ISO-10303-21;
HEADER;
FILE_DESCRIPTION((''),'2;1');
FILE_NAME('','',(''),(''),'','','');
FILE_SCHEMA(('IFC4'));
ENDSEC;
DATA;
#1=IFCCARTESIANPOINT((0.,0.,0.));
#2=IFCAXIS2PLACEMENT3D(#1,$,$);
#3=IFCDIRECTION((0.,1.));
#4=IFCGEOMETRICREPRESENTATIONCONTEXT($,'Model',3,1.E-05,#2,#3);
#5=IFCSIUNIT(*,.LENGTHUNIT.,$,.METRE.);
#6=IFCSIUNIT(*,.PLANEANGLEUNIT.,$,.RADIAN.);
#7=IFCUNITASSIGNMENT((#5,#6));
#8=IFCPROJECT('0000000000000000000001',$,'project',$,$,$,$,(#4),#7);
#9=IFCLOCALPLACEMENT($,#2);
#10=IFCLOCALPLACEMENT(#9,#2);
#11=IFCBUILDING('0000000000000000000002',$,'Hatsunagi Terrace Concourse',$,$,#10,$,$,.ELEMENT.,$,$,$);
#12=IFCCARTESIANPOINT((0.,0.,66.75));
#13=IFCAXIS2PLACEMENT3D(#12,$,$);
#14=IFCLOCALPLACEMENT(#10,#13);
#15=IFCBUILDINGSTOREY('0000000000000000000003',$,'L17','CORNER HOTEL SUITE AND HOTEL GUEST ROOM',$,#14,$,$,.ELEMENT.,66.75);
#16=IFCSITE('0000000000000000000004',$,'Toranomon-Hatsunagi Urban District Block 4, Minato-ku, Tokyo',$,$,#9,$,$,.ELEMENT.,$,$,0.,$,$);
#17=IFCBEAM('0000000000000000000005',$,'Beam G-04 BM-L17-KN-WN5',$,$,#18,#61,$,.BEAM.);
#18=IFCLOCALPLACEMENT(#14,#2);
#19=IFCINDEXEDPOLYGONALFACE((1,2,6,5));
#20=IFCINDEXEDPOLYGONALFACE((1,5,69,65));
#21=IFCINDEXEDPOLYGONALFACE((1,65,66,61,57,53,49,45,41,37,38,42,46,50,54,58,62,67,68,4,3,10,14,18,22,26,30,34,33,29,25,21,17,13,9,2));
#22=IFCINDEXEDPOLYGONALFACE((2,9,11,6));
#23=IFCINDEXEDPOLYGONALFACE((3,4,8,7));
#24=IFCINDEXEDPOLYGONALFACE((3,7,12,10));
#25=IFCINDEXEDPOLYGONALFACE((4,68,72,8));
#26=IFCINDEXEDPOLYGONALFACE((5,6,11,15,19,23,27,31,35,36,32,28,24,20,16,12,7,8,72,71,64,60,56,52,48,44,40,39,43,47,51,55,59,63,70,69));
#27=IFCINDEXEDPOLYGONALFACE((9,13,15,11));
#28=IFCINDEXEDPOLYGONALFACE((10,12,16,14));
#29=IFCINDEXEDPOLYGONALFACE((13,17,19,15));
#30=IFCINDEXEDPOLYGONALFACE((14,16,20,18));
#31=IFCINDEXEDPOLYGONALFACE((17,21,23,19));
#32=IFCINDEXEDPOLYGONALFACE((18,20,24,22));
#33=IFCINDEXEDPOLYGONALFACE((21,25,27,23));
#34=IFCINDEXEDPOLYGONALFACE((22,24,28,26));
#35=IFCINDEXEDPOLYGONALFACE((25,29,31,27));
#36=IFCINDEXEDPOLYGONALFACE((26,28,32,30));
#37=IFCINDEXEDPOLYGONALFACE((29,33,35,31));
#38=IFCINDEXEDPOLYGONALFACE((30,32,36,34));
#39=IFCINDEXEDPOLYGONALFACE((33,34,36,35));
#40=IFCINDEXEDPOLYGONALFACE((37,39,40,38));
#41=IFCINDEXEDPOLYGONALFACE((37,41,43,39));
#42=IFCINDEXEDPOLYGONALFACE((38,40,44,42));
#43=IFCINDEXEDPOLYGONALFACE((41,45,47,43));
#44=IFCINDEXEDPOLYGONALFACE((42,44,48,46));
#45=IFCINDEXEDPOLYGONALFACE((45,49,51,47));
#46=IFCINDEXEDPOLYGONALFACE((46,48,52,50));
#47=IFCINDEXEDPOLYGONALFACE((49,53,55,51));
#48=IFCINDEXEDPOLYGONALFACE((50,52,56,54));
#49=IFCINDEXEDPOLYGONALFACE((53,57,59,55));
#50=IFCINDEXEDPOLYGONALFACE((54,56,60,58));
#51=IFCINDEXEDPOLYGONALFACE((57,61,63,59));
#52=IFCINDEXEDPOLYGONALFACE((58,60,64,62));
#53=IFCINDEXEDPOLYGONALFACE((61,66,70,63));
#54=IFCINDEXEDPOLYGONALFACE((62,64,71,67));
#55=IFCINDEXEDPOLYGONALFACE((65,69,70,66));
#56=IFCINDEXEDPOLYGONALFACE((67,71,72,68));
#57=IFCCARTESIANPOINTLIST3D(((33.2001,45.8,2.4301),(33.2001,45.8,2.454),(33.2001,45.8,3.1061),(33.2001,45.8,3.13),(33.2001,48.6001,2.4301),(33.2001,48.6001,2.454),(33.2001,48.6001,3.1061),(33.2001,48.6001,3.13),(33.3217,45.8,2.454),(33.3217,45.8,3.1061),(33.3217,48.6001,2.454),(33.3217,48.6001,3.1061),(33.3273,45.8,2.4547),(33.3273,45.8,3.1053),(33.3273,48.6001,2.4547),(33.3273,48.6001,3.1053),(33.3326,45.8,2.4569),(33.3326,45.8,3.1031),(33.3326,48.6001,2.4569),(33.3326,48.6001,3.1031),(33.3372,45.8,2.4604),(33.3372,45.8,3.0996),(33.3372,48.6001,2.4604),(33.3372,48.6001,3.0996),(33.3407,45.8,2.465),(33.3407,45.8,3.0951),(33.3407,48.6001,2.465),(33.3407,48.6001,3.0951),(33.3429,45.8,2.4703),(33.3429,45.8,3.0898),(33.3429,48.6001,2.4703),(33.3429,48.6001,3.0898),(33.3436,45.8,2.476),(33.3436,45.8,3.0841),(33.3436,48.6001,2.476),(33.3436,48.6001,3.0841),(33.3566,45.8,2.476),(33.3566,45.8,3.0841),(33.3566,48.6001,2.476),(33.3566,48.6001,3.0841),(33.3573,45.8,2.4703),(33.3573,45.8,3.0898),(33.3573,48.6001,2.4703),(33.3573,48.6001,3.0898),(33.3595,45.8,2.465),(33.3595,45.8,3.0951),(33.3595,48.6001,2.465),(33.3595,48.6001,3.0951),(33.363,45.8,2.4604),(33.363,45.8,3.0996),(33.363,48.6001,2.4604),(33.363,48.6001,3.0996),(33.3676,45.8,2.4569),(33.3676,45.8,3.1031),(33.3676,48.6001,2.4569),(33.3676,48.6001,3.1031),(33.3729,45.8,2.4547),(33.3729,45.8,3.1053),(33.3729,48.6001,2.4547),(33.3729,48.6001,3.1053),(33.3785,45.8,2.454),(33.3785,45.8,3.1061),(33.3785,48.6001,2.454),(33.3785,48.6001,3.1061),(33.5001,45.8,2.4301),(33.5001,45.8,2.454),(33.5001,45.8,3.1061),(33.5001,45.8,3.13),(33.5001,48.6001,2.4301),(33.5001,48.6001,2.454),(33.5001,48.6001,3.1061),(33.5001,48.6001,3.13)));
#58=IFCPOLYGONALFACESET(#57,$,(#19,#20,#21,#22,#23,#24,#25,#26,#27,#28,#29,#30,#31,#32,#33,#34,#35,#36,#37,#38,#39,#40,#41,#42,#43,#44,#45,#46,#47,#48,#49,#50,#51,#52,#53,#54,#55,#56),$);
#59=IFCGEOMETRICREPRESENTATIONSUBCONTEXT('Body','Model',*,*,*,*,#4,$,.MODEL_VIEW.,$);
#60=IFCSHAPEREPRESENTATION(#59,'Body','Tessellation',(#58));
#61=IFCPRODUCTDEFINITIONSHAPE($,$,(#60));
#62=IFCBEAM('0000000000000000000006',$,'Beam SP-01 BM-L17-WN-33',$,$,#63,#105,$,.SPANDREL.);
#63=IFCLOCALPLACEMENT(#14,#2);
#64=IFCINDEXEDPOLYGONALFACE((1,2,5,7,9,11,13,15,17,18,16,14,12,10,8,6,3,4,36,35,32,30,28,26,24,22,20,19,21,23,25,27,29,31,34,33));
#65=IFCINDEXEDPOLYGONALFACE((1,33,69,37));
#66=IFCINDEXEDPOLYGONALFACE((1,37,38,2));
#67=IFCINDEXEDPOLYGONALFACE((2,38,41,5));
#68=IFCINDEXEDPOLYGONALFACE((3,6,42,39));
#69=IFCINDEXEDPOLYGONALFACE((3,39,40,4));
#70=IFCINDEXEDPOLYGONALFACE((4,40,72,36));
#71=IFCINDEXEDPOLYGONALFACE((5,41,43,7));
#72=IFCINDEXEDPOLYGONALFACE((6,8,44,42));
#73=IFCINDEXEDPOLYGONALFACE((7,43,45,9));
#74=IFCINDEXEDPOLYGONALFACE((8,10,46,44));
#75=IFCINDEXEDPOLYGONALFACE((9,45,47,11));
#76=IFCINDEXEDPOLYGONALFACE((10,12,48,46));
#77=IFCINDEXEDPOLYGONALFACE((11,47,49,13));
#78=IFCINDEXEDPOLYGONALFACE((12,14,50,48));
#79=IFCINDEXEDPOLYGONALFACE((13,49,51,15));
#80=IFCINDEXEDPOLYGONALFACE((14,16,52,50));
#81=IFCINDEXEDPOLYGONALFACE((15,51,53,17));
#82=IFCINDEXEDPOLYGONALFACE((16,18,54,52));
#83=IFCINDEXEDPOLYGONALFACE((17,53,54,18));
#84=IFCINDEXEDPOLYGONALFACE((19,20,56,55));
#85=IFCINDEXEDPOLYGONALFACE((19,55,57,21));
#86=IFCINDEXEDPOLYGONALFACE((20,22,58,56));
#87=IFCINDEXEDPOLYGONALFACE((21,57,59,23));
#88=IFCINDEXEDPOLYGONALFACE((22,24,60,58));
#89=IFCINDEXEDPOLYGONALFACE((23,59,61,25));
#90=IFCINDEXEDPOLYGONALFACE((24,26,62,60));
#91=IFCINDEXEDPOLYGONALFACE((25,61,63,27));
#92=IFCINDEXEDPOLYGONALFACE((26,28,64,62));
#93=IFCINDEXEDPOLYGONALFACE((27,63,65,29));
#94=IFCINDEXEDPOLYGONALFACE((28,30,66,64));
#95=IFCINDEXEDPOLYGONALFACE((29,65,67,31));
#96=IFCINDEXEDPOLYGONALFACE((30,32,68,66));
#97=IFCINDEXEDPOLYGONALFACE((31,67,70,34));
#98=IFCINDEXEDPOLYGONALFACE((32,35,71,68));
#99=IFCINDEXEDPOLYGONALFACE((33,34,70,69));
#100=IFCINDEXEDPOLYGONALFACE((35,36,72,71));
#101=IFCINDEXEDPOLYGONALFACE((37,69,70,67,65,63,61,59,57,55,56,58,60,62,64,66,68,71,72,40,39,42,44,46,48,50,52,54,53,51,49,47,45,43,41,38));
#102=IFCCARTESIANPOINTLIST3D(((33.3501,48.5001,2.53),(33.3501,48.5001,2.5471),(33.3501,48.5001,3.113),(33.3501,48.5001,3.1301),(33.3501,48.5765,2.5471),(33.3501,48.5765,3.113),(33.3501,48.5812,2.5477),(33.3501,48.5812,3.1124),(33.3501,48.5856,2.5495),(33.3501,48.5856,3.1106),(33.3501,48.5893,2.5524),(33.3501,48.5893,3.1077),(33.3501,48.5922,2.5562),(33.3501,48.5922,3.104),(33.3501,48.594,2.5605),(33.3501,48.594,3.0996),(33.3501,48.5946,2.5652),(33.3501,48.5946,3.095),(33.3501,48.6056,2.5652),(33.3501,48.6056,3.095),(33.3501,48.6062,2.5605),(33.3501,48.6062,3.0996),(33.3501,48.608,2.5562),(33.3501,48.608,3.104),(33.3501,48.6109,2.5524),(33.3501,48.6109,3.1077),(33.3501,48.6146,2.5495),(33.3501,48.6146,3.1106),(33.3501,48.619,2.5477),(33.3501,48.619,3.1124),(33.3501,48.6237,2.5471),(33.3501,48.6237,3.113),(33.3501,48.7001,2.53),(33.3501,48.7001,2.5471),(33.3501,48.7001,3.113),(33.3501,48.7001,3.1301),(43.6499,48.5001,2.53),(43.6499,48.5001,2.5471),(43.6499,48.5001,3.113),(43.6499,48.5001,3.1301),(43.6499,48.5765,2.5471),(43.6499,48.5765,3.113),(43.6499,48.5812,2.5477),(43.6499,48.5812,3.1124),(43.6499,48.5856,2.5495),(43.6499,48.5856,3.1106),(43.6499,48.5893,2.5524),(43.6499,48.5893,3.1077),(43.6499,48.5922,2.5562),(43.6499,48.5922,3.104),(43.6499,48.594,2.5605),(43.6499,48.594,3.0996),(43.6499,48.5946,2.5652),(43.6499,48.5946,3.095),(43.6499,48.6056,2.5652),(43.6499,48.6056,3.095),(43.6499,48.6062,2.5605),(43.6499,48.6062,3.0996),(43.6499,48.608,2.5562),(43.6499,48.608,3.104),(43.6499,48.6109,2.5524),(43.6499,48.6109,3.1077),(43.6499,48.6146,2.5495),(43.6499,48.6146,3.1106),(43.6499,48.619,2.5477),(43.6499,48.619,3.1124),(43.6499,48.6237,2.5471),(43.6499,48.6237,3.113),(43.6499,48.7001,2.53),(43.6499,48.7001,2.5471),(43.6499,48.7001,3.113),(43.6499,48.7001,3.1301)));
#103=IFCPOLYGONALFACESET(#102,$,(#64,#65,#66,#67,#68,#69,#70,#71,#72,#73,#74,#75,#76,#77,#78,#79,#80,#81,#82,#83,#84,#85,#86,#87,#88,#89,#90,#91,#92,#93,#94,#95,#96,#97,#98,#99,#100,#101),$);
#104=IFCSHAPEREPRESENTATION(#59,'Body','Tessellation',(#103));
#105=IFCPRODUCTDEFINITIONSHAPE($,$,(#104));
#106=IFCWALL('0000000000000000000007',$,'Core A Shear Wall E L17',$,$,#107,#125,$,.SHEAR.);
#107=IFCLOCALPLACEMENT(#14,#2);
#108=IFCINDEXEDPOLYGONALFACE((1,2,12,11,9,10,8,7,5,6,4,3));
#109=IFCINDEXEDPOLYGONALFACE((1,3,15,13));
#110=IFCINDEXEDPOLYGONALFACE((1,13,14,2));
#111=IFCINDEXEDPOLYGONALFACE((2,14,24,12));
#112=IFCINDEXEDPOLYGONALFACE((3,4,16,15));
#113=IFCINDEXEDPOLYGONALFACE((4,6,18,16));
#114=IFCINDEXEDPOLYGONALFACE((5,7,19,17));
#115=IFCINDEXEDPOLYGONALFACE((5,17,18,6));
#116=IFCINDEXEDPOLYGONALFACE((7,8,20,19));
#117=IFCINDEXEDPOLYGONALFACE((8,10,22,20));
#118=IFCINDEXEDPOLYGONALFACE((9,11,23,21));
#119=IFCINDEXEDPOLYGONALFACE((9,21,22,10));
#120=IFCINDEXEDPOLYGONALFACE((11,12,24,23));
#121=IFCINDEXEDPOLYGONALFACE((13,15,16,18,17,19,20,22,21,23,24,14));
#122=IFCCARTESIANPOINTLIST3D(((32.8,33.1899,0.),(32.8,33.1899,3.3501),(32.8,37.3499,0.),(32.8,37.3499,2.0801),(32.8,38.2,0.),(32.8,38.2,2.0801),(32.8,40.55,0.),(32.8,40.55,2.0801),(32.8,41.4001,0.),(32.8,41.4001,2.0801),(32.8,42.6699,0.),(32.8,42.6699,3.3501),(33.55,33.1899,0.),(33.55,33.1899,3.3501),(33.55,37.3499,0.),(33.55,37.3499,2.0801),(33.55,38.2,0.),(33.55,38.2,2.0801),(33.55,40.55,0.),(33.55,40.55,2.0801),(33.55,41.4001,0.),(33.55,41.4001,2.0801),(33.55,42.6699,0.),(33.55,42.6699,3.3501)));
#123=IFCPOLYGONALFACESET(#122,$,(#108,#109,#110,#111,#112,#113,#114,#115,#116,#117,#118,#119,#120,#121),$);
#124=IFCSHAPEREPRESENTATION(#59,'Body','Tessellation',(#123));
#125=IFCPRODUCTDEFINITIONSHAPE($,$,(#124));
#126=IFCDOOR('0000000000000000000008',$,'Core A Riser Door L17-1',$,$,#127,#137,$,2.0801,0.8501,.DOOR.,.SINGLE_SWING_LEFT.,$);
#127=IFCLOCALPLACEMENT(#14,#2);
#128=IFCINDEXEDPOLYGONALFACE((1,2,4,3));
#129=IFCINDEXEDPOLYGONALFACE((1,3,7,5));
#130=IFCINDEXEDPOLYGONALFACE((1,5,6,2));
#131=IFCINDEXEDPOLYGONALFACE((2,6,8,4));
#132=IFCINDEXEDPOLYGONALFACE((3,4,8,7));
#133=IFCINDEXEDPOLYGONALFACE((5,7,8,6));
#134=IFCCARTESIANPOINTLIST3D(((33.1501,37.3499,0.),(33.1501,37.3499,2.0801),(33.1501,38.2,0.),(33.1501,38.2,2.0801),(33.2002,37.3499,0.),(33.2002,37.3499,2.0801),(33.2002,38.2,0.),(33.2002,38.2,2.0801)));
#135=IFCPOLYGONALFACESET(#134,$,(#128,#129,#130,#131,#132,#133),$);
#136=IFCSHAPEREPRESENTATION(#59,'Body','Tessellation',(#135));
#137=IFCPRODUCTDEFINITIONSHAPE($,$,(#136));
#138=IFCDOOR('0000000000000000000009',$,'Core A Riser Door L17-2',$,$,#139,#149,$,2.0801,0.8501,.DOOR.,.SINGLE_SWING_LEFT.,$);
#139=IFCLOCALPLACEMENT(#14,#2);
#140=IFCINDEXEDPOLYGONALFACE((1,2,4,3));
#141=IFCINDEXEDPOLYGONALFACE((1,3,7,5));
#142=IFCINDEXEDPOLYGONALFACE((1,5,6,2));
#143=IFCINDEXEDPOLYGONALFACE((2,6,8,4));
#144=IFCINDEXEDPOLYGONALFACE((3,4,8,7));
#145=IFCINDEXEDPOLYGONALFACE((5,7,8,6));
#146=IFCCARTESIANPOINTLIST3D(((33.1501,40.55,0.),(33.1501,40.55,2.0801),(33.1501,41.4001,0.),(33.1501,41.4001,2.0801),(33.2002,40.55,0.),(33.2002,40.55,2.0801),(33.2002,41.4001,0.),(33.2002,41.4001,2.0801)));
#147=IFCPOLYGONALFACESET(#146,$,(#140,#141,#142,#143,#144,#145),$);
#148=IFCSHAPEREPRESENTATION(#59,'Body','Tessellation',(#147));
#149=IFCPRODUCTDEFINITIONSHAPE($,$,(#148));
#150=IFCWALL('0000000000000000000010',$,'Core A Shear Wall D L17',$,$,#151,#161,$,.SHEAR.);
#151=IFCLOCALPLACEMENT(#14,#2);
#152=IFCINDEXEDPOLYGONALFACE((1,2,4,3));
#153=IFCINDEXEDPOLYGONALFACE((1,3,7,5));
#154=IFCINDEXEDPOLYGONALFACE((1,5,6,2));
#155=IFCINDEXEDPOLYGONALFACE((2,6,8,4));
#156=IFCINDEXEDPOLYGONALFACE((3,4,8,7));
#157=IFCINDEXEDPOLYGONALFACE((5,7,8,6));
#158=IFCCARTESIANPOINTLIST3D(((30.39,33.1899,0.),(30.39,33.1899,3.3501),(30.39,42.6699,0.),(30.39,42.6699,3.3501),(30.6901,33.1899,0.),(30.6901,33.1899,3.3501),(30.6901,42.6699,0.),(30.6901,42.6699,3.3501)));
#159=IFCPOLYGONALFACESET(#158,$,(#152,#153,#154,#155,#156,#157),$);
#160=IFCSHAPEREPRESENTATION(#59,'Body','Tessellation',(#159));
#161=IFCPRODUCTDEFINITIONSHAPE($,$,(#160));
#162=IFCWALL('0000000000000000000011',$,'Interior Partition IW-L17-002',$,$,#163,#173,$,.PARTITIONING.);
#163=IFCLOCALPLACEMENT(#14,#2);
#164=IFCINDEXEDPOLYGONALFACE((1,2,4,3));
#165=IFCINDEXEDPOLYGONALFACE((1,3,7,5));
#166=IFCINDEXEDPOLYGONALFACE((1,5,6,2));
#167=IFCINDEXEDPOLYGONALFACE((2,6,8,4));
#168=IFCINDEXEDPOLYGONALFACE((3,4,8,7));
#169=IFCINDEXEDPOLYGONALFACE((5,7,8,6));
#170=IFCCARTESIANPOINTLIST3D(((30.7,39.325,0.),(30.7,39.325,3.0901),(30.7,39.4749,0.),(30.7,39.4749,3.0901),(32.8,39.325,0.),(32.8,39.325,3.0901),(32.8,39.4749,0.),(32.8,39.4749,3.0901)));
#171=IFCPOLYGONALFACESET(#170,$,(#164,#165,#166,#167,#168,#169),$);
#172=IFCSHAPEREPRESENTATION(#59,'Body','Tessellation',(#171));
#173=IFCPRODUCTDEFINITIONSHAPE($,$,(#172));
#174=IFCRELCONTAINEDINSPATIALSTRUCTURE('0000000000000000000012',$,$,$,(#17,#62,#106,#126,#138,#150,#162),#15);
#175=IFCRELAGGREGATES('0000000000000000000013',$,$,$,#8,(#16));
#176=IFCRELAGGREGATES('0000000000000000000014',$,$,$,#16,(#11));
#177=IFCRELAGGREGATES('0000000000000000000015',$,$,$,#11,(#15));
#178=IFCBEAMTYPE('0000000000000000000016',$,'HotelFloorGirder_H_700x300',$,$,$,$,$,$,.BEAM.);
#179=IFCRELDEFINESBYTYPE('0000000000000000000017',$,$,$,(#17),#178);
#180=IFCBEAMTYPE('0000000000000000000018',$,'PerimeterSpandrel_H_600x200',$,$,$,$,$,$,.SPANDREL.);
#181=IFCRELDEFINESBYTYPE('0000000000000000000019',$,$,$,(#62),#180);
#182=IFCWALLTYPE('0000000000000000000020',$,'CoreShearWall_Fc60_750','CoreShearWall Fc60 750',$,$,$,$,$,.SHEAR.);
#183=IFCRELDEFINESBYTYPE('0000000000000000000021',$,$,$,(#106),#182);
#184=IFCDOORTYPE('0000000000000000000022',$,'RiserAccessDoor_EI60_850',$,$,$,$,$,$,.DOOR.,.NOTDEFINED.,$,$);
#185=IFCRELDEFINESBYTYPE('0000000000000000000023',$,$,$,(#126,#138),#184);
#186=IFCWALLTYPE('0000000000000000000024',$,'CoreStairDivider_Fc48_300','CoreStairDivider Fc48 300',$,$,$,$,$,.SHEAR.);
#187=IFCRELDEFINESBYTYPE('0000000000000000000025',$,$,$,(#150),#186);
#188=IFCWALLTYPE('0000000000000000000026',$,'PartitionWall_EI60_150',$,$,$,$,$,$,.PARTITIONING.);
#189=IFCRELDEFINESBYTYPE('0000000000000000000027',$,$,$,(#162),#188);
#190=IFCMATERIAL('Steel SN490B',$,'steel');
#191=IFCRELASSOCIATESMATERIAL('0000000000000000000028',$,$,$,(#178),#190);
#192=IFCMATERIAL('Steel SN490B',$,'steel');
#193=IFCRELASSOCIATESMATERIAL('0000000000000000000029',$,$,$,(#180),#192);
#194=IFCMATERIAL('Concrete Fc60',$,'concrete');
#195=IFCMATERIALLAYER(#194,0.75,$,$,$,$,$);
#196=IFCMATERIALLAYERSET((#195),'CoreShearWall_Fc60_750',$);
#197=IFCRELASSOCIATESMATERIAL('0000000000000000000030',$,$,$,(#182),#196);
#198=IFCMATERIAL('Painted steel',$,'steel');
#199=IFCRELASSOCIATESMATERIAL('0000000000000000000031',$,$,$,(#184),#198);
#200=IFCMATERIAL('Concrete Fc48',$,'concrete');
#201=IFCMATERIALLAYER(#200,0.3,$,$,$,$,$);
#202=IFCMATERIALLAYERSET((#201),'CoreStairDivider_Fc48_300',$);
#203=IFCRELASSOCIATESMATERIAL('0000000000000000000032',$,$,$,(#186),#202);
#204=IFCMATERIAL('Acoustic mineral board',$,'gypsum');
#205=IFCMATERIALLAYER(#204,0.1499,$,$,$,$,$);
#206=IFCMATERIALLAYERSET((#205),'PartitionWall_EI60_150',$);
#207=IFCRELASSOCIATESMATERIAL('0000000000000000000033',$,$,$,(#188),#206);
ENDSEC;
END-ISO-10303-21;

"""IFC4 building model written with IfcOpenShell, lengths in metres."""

from ifc_helpers import new_model, si_unit, direction, frame, frame_2d, origin, origin_2d, place, context, subcontext, project, spatial, rectangle, i_section, extrude, material, layer, layer_set, material_profile, profile_set, type_object, element, fill, save


model = new_model("IFC4")

# Units and contexts
model_context = context("Model", 3, precision=1e-05, world=origin(), true_north=direction((0.0, 1.0)))
body_context = subcontext(model_context, "Body", "Model", "MODEL_VIEW")
ifc_project = project(units=[si_unit("LENGTHUNIT", "METRE"), si_unit("PLANEANGLEUNIT", "RADIAN")], contexts=[model_context])

# Site, building, storey
site_placement = place(None, origin())
site = spatial("IfcSite", under=ifc_project, at=site_placement, Name="Toranomon-Hatsunagi Urban District Block 4, Minato-ku, Tokyo", CompositionType="ELEMENT", RefElevation=0.0)
building_placement = place(site_placement, origin())
building = spatial("IfcBuilding", under=site, at=building_placement, Name="Hatsunagi Terrace Concourse", CompositionType="ELEMENT")
storey_placement = place(building_placement, frame((0.0, 0.0, 66.75)))
storey = spatial("IfcBuildingStorey", under=building, at=storey_placement, Name="L17", Description="CORNER HOTEL SUITE AND HOTEL GUEST ROOM", CompositionType="ELEMENT", Elevation=66.75)

# Beams
ifc_material_1 = material(Name="Steel SN490B", Category="steel")
ifc_material_profile_1 = material_profile(ifc_material_1, i_section(OverallWidth=0.3, OverallDepth=0.7, WebThickness=0.0129, FlangeThickness=0.0239, FilletRadius=0.022, at=origin_2d()), Name="H-700x300x13x24")
ifc_profile_set_1 = profile_set([ifc_material_profile_1], Name="Steel SN490B")
beam_type_1 = type_object("IfcBeamType", Name="HotelFloorGirder_H_700x300", PredefinedType="BEAM", material=ifc_profile_set_1)
beam_1_placement = place(storey_placement, frame((33.3501, 45.8, 2.78), z_axis=(0.0, 1.0, 0.0), x_axis=(-1.0, 0.0, 0.0)))
element("IfcBeam", 1, at=beam_1_placement, inside=storey, type_object=beam_type_1, Name="Beam G-04 BM-L17-KN-WN5", PredefinedType="BEAM", context=body_context, shape_type="SweptSolid", body=[
    extrude(i_section(OverallWidth=0.3, OverallDepth=0.7, WebThickness=0.0129, FlangeThickness=0.0239, FilletRadius=0.022, at=origin_2d()), origin(), (0.0, 0.0, 1.0), 2.8),
])
ifc_material_2 = material(Name="Steel SN490B", Category="steel")
ifc_material_profile_2 = material_profile(ifc_material_2, i_section(OverallWidth=0.2, OverallDepth=0.6001, WebThickness=0.011, FlangeThickness=0.0171, FilletRadius=0.0181, at=origin_2d()), Name="H-600x200x11x17")
ifc_profile_set_2 = profile_set([ifc_material_profile_2], Name="Steel SN490B")
beam_type_2 = type_object("IfcBeamType", Name="PerimeterSpandrel_H_600x200", PredefinedType="SPANDREL", material=ifc_profile_set_2)
beam_2_placement = place(storey_placement, frame((33.3501, 48.6001, 2.8301), z_axis=(1.0, 0.0, 0.0), x_axis=(0.0, 1.0, 0.0)))
element("IfcBeam", 2, at=beam_2_placement, inside=storey, type_object=beam_type_2, Name="Beam SP-01 BM-L17-WN-33", PredefinedType="SPANDREL", context=body_context, shape_type="SweptSolid", body=[
    extrude(i_section(OverallWidth=0.2, OverallDepth=0.6001, WebThickness=0.011, FlangeThickness=0.0171, FilletRadius=0.0181, at=origin_2d()), origin(), (0.0, 0.0, 1.0), 10.2998),
])

# Wall, openings, doors
ifc_material_3 = material(Name="Concrete Fc60", Category="concrete")
ifc_layer_1 = layer(ifc_material_3, 0.75)
ifc_layer_set_1 = layer_set([ifc_layer_1], Name="CoreShearWall_Fc60_750")
wall_type_1 = type_object("IfcWallType", Name="CoreShearWall_Fc60_750", Description="CoreShearWall Fc60 750", PredefinedType="SHEAR", material=ifc_layer_set_1)
wall_1_placement = place(storey_placement, frame((33.175, 33.1899, 0.0), z_axis=(0.0, 0.0, 1.0), x_axis=(0.0, 1.0, 0.0)))
wall_1 = element("IfcWall", 3, at=wall_1_placement, inside=storey, type_object=wall_type_1, Name="Core A Shear Wall E L17", PredefinedType="SHEAR", context=body_context, shape_type="SweptSolid", body=[
    extrude(rectangle(XDim=9.48, YDim=0.75, at=frame_2d((4.74, 0.0))), origin(), (0.0, 0.0, 1.0), 3.3501),
])
opening_1_placement = place(wall_1_placement, frame((4.1599, 0.0, 0.0)))
opening_1 = element("IfcOpeningElement", 4, at=opening_1_placement, cuts=wall_1, PredefinedType="OPENING", context=body_context, shape_type="SweptSolid", body=[
    extrude(rectangle(XDim=0.8501, YDim=2.0801, at=frame_2d((0.425, 1.04))), frame((0.0, 0.385, 0.0), z_axis=(0.0, -1.0, 0.0), x_axis=(1.0, 0.0, 0.0)), (0.0, 0.0, 1.0), 0.77),
])
opening_2_placement = place(wall_1_placement, frame((7.3601, 0.0, 0.0)))
opening_2 = element("IfcOpeningElement", 5, at=opening_2_placement, cuts=wall_1, PredefinedType="OPENING", context=body_context, shape_type="SweptSolid", body=[
    extrude(rectangle(XDim=0.8501, YDim=2.0801, at=frame_2d((0.425, 1.04))), frame((0.0, 0.385, 0.0), z_axis=(0.0, -1.0, 0.0), x_axis=(1.0, 0.0, 0.0)), (0.0, 0.0, 1.0), 0.77),
])
ifc_material_4 = material(Name="Painted steel", Category="steel")
door_type_1 = type_object("IfcDoorType", Name="RiserAccessDoor_EI60_850", OperationType="NOTDEFINED", PredefinedType="DOOR", material=ifc_material_4)
door_1_placement = place(opening_1_placement, origin())
door_1 = element("IfcDoor", 6, at=door_1_placement, inside=storey, type_object=door_type_1, Name="Core A Riser Door L17-1", OperationType="SINGLE_SWING_LEFT", OverallHeight=2.0801, OverallWidth=0.8501, PredefinedType="DOOR", context=body_context, shape_type="SweptSolid", body=[
    extrude(rectangle(XDim=0.8501, YDim=2.0801, at=frame_2d((0.425, 1.04))), frame((0.0, 0.0249, 0.0), z_axis=(0.0, -1.0, 0.0), x_axis=(1.0, 0.0, 0.0)), (0.0, 0.0, 1.0), 0.05),
])
fill(opening_1, door_1)
door_2_placement = place(opening_2_placement, origin())
door_2 = element("IfcDoor", 7, at=door_2_placement, inside=storey, type_object=door_type_1, Name="Core A Riser Door L17-2", OperationType="SINGLE_SWING_LEFT", OverallHeight=2.0801, OverallWidth=0.8501, PredefinedType="DOOR", context=body_context, shape_type="SweptSolid", body=[
    extrude(rectangle(XDim=0.8501, YDim=2.0801, at=frame_2d((0.425, 1.04))), frame((0.0, 0.0249, 0.0), z_axis=(0.0, -1.0, 0.0), x_axis=(1.0, 0.0, 0.0)), (0.0, 0.0, 1.0), 0.05),
])
fill(opening_2, door_2)

# Walls
ifc_material_5 = material(Name="Concrete Fc48", Category="concrete")
ifc_layer_2 = layer(ifc_material_5, 0.3)
ifc_layer_set_2 = layer_set([ifc_layer_2], Name="CoreStairDivider_Fc48_300")
wall_type_2 = type_object("IfcWallType", Name="CoreStairDivider_Fc48_300", Description="CoreStairDivider Fc48 300", PredefinedType="SHEAR", material=ifc_layer_set_2)
wall_2_placement = place(storey_placement, frame((30.54, 33.1899, 0.0), z_axis=(0.0, 0.0, 1.0), x_axis=(0.0, 1.0, 0.0)))
element("IfcWall", 8, at=wall_2_placement, inside=storey, type_object=wall_type_2, Name="Core A Shear Wall D L17", PredefinedType="SHEAR", context=body_context, shape_type="SweptSolid", body=[
    extrude(rectangle(XDim=9.48, YDim=0.3, at=frame_2d((4.74, 0.0))), origin(), (0.0, 0.0, 1.0), 3.3501),
])
ifc_material_6 = material(Name="Acoustic mineral board", Category="gypsum")
ifc_layer_3 = layer(ifc_material_6, 0.1499)
ifc_layer_set_3 = layer_set([ifc_layer_3], Name="PartitionWall_EI60_150")
wall_type_3 = type_object("IfcWallType", Name="PartitionWall_EI60_150", PredefinedType="PARTITIONING", material=ifc_layer_set_3)
wall_3_placement = place(storey_placement, frame((30.7, 39.3999, 0.0), z_axis=(0.0, 0.0, 1.0), x_axis=(1.0, 0.0, 0.0)))
element("IfcWall", 9, at=wall_3_placement, inside=storey, type_object=wall_type_3, Name="Interior Partition IW-L17-002", PredefinedType="PARTITIONING", context=body_context, shape_type="SweptSolid", body=[
    extrude(rectangle(XDim=2.1001, YDim=0.1499, at=frame_2d((1.05, 0.0))), origin(), (0.0, 0.0, 1.0), 3.0901),
])

save(model, "model.ifc")
